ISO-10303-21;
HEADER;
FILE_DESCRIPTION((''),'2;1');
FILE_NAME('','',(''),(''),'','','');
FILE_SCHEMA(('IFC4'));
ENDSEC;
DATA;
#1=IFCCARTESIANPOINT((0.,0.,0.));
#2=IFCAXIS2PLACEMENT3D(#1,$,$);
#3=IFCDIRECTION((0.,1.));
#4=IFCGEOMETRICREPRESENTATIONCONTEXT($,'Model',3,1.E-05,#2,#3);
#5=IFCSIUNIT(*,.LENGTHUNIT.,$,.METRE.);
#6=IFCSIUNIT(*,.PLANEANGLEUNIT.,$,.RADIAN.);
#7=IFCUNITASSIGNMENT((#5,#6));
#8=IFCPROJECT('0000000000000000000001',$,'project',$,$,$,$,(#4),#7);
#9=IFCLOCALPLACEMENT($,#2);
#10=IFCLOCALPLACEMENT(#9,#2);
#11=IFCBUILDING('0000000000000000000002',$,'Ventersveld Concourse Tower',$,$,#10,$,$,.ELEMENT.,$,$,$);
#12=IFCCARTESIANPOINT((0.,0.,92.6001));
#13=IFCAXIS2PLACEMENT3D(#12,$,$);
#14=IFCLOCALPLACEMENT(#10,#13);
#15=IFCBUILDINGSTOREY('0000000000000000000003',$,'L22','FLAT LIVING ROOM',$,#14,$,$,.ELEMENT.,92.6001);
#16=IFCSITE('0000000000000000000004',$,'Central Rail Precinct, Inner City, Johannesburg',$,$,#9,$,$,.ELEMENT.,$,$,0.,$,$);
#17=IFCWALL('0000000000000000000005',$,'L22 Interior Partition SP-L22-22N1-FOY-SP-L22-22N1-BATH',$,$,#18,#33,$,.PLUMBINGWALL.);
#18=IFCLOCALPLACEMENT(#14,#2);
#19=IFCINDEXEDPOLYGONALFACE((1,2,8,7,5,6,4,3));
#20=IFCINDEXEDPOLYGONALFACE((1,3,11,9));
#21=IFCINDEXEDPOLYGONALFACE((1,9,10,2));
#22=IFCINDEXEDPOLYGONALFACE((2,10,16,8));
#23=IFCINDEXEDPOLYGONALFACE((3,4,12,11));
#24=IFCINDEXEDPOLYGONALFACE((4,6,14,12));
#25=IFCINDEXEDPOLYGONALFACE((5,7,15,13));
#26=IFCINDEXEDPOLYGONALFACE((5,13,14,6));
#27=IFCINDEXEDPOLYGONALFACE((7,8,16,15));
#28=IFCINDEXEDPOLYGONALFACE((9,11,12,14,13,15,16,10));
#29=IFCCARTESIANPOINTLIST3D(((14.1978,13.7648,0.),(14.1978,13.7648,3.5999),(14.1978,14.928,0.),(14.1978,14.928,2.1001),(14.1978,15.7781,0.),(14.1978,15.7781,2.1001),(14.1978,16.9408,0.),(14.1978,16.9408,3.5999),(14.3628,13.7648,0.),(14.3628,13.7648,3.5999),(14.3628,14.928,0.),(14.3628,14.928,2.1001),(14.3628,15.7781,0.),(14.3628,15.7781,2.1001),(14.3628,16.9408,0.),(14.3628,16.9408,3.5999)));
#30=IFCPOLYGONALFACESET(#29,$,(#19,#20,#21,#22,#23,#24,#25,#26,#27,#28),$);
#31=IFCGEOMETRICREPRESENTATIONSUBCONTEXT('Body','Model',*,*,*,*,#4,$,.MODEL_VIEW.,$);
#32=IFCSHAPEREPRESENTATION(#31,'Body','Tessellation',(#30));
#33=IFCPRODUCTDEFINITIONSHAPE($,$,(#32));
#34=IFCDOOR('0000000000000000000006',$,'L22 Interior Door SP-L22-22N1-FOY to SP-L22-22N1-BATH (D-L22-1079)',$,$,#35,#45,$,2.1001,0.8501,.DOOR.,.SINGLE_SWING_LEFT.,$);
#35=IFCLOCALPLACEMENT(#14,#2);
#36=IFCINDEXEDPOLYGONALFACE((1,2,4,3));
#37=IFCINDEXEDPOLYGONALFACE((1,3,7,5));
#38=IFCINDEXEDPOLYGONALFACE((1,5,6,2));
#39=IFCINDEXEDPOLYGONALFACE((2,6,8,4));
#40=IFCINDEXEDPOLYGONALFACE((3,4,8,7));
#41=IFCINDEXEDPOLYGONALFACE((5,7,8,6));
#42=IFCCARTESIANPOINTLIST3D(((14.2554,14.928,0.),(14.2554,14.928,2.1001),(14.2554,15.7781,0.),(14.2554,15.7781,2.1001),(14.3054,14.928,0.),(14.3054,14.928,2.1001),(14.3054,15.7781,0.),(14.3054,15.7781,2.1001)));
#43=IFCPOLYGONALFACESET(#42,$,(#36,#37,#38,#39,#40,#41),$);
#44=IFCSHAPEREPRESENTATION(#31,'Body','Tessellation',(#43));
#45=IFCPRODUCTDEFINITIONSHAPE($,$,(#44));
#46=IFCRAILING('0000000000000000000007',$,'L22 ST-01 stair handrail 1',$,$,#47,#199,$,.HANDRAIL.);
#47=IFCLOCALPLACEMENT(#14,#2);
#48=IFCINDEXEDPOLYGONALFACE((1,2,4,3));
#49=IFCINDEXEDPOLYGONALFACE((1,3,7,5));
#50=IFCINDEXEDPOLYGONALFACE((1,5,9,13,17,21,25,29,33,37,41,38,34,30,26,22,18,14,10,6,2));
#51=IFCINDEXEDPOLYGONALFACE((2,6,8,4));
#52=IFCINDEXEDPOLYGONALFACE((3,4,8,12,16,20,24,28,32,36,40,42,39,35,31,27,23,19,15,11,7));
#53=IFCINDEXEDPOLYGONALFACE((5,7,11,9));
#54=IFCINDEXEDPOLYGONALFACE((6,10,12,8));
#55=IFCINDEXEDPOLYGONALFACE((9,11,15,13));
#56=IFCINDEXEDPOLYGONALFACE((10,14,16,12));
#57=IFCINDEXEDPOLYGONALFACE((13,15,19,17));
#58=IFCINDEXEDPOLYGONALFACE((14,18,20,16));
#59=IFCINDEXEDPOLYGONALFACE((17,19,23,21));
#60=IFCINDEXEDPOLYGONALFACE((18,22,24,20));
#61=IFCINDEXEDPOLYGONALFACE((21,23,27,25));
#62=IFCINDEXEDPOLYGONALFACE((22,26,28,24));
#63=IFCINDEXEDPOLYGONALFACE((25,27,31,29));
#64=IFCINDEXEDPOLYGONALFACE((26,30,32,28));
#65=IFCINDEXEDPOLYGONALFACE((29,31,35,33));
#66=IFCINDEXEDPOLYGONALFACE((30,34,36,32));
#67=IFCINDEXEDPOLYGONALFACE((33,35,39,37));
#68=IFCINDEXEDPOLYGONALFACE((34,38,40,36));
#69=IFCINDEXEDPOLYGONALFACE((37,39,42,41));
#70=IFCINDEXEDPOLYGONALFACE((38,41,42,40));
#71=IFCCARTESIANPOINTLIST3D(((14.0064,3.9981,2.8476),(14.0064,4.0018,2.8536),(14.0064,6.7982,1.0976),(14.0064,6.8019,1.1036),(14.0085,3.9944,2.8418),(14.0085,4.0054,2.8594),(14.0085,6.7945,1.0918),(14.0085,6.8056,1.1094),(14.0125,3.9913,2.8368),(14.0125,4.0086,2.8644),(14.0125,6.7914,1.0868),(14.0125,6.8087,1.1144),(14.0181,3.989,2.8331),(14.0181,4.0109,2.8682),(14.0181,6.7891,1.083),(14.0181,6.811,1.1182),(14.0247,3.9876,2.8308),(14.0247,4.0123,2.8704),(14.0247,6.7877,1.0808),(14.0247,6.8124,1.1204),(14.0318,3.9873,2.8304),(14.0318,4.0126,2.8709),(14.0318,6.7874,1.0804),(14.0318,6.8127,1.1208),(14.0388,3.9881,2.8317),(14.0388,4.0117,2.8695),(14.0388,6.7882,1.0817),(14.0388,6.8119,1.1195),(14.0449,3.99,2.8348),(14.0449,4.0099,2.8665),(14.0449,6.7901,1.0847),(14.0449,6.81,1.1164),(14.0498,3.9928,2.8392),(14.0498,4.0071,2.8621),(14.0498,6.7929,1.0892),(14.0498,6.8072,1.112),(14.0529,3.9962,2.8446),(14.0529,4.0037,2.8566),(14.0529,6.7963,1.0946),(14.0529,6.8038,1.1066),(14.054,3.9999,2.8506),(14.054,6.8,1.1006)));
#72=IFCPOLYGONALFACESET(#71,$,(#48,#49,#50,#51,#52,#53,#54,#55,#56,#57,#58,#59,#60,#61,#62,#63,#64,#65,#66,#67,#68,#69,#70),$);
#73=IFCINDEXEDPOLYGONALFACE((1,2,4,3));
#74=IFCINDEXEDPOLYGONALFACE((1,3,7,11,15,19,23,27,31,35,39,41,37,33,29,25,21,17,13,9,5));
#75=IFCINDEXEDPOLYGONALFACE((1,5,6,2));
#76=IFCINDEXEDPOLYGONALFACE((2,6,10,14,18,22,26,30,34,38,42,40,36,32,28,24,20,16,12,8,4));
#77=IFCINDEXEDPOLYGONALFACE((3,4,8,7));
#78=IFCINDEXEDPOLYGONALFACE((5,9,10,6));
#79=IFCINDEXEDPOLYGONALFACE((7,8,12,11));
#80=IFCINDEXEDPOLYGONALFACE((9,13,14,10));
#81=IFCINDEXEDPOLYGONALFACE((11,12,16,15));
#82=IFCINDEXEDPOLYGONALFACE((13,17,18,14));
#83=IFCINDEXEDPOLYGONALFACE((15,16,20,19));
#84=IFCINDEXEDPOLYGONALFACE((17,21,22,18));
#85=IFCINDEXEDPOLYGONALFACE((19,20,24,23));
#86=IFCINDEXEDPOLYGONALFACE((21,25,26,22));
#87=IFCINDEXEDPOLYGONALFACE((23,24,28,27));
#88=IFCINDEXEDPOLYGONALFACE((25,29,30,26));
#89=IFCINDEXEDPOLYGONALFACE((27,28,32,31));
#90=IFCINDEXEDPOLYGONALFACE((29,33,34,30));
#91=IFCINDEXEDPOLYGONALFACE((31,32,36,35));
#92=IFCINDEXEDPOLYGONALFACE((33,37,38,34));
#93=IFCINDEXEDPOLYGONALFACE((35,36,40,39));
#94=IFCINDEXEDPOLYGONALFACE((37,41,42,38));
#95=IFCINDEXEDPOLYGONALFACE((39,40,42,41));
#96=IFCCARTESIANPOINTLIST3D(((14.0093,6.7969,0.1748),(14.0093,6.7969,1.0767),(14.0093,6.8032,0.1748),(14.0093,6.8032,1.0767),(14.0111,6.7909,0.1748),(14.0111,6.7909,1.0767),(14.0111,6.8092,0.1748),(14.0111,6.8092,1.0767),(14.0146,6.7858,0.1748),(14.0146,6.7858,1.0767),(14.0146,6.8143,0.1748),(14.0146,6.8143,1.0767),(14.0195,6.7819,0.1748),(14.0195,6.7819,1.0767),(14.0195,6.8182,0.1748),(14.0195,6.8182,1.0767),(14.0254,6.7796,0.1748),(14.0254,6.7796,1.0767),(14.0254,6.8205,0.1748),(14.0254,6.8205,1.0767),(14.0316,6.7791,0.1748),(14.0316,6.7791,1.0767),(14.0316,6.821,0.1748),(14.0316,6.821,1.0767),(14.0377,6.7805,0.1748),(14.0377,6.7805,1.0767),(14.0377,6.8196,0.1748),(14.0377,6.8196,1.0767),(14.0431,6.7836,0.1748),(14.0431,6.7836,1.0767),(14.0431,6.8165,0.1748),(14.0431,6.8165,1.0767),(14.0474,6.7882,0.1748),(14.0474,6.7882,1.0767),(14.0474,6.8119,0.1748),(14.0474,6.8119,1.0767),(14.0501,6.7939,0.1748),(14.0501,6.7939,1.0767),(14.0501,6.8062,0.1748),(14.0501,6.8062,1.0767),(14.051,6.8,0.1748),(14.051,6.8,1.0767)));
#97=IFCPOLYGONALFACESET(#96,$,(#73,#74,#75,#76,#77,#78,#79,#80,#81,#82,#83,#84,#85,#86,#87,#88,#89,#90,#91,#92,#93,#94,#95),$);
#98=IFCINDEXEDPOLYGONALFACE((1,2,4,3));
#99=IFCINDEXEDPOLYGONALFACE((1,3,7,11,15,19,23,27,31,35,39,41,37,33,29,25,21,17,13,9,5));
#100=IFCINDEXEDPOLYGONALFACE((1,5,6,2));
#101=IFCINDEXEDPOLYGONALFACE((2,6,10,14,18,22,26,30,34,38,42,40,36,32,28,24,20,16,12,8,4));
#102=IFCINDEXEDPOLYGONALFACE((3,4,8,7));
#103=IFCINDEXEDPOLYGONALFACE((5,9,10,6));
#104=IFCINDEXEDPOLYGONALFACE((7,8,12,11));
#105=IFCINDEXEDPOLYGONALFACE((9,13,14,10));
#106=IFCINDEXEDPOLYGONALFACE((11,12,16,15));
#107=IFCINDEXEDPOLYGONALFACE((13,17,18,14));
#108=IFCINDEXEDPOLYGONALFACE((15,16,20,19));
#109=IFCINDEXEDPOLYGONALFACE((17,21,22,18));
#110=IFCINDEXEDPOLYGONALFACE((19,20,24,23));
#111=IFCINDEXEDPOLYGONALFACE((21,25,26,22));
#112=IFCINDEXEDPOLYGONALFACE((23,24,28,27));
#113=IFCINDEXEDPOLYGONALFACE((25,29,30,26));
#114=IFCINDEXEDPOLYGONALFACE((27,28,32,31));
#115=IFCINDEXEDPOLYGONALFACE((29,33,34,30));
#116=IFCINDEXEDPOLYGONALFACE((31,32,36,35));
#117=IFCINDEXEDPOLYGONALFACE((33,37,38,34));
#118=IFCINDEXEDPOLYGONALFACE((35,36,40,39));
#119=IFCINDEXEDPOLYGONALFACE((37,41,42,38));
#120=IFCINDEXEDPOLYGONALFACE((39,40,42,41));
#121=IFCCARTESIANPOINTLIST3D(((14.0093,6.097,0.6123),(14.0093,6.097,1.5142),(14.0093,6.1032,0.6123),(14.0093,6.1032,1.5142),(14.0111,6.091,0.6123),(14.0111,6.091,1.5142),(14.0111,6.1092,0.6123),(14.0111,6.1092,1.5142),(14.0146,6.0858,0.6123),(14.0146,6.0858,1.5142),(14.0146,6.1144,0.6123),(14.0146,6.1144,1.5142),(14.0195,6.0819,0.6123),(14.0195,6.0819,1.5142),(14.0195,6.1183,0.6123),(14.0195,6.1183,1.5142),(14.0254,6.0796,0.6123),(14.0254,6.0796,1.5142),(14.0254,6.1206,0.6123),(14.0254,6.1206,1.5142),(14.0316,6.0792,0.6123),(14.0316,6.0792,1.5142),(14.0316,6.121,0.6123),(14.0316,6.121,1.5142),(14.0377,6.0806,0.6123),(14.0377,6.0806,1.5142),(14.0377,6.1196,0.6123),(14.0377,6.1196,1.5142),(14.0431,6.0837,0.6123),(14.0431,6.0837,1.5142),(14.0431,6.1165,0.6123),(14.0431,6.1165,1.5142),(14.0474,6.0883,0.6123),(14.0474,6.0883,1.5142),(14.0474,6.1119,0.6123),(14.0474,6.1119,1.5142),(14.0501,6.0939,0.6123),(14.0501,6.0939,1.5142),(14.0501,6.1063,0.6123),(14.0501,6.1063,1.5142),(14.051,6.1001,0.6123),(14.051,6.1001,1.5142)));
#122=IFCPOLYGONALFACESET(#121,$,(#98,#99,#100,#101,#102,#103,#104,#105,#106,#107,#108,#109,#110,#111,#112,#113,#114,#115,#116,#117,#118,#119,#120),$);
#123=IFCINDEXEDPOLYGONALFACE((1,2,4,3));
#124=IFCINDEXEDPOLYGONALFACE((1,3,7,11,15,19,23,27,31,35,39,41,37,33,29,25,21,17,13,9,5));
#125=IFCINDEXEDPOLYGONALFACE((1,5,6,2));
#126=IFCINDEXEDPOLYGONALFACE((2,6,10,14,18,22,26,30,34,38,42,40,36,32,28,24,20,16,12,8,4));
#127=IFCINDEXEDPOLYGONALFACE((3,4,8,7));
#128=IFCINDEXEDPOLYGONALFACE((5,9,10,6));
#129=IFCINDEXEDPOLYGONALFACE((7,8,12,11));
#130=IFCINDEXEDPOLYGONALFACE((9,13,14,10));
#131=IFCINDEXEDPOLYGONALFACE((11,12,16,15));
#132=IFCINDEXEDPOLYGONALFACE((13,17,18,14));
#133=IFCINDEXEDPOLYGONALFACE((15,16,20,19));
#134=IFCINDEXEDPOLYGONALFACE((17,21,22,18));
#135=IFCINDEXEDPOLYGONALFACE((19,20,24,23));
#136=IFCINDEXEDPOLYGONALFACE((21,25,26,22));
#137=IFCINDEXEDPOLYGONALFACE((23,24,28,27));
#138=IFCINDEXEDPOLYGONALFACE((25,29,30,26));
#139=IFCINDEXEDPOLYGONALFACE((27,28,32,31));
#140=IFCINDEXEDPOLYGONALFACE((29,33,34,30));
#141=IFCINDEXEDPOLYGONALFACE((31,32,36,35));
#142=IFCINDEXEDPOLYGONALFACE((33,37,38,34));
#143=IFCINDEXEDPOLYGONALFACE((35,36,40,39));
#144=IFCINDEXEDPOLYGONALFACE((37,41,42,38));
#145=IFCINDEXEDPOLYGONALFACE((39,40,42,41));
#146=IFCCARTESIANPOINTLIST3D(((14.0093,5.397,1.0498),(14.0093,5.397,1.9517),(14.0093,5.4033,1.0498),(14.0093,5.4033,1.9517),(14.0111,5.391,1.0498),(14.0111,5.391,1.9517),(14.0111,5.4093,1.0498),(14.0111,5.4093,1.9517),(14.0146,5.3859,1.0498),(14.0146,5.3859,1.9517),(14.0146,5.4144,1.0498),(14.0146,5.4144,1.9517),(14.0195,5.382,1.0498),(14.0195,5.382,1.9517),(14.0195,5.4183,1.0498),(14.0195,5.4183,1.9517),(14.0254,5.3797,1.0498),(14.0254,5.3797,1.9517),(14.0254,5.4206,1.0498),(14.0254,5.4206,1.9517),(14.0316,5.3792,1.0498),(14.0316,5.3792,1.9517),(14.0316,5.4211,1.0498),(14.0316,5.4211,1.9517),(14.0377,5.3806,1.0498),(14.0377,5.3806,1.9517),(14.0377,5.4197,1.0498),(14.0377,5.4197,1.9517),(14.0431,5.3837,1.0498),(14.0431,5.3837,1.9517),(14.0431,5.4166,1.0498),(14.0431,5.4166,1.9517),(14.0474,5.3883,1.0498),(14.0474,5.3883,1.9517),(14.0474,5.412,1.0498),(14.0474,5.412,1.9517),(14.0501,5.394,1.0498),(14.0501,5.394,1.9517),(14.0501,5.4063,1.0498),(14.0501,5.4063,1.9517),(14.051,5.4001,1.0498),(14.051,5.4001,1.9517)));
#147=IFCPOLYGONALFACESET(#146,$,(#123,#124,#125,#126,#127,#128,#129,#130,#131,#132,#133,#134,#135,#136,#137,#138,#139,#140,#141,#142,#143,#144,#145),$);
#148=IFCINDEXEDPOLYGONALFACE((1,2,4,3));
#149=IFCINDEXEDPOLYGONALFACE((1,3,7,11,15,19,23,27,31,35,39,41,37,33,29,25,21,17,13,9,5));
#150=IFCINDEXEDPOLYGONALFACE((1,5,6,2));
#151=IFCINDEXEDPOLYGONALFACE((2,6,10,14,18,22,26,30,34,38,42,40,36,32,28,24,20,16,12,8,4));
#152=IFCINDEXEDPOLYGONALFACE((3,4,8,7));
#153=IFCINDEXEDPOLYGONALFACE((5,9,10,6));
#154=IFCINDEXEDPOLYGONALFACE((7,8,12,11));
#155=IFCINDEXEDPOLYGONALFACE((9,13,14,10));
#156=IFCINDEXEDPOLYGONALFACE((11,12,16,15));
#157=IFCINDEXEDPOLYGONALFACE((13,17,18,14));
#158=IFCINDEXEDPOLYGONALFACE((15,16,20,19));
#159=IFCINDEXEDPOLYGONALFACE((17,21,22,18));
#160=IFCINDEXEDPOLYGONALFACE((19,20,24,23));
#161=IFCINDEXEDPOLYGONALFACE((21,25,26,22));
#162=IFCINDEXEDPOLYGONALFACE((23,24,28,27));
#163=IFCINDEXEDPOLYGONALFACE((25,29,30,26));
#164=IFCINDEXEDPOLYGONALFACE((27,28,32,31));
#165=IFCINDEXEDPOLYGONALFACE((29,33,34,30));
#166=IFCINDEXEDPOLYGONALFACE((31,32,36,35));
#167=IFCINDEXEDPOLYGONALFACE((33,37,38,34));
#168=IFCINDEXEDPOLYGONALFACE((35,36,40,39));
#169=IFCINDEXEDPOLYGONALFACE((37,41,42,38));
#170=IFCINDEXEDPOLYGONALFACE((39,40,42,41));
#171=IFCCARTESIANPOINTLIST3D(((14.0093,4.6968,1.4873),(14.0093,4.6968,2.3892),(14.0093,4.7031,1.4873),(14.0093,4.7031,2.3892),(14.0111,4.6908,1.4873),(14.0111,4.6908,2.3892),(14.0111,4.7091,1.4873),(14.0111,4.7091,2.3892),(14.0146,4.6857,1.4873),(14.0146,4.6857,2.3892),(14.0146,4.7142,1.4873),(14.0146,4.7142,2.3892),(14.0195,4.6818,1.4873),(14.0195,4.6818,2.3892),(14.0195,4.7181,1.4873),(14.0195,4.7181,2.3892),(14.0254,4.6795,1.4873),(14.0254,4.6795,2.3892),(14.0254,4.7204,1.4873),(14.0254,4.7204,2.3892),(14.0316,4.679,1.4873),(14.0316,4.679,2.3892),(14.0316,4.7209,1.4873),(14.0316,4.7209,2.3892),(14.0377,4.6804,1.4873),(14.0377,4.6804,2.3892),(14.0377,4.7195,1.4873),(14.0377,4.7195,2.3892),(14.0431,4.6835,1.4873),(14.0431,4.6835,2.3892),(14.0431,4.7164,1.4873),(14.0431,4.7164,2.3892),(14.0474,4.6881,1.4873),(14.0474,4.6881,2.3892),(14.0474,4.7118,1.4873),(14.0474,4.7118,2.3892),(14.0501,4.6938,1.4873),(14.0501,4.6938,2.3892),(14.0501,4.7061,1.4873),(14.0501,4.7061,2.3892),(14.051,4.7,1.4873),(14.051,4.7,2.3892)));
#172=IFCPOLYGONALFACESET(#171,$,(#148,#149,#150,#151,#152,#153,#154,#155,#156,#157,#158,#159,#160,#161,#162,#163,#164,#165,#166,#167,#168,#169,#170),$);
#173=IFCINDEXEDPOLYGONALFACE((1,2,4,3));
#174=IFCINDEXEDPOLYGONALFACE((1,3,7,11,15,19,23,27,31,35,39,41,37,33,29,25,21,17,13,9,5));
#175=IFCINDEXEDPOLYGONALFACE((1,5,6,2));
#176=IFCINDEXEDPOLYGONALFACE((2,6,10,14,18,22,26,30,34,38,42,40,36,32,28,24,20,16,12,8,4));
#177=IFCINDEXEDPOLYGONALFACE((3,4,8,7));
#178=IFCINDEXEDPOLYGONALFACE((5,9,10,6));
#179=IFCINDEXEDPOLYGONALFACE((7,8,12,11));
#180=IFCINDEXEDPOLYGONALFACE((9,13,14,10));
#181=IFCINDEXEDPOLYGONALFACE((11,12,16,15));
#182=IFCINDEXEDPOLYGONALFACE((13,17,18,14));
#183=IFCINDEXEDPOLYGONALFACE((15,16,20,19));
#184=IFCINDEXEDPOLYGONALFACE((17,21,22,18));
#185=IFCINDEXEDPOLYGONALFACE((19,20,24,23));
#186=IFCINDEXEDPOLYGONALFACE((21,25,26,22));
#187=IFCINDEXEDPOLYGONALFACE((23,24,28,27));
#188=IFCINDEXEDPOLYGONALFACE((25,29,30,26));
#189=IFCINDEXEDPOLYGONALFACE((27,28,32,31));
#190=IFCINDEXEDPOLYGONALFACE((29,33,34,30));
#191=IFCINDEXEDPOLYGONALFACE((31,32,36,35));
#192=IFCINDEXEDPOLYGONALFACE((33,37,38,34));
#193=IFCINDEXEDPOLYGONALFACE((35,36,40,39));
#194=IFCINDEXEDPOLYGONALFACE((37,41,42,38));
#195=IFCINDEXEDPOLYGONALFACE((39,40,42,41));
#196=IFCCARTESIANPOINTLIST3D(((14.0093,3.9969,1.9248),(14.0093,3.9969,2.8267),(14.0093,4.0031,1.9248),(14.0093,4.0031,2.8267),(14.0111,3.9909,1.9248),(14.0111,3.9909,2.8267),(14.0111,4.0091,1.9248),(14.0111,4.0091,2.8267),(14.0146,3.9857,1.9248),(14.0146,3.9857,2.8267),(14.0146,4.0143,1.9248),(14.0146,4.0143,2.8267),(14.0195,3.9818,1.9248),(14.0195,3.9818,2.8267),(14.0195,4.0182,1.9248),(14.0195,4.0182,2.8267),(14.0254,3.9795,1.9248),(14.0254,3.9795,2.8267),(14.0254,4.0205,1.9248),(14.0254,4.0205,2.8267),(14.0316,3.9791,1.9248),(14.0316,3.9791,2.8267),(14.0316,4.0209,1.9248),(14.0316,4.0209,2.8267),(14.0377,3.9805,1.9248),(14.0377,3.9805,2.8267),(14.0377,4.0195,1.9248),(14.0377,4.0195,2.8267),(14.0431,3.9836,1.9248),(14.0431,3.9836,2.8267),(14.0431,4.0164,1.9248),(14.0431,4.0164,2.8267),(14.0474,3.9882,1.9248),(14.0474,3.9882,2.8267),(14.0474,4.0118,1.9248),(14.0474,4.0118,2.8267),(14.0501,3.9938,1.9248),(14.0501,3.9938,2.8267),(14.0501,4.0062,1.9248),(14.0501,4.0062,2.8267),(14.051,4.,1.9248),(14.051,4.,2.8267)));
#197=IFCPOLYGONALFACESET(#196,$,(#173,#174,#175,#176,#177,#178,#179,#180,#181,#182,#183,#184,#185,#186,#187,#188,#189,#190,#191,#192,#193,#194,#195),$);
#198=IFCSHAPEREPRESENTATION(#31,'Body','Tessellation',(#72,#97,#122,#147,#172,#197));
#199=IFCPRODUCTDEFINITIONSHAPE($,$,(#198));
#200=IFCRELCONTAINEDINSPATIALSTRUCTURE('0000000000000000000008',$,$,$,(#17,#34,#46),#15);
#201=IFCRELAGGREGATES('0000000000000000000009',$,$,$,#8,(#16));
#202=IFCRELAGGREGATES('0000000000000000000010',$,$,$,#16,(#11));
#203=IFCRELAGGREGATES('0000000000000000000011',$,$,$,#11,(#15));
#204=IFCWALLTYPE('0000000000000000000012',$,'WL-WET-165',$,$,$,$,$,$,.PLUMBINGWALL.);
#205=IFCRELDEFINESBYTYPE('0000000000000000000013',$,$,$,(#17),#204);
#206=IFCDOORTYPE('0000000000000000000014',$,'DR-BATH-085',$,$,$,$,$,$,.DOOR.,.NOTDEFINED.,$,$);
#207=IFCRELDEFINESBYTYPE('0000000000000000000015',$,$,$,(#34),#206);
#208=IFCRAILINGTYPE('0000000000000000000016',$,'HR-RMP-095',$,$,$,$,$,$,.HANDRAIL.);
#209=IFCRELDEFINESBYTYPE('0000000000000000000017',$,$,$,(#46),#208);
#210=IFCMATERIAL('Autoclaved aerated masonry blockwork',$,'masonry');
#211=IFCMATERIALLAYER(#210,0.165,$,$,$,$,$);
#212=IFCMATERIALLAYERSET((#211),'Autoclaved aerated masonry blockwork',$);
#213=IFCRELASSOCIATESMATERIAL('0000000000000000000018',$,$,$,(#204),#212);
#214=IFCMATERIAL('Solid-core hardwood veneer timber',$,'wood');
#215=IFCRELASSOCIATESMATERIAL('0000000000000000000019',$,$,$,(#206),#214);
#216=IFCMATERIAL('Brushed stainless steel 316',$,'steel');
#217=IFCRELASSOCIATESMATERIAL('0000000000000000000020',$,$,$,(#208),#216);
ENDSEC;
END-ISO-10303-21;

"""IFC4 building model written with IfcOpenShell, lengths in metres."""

from ifc_helpers import new_model, si_unit, direction, frame, frame_2d, origin, origin_2d, place, context, subcontext, project, spatial, rectangle, circle, extrude, material, layer, layer_set, type_object, element, fill, save


model = new_model("IFC4")

# Units and contexts
model_context = context("Model", 3, precision=1e-05, world=origin(), true_north=direction((0.0, 1.0)))
body_context = subcontext(model_context, "Body", "Model", "MODEL_VIEW")
ifc_project = project(units=[si_unit("LENGTHUNIT", "METRE"), si_unit("PLANEANGLEUNIT", "RADIAN")], contexts=[model_context])

# Site, building, storey
site_placement = place(None, origin())
site = spatial("IfcSite", under=ifc_project, at=site_placement, Name="Central Rail Precinct, Inner City, Johannesburg", CompositionType="ELEMENT", RefElevation=0.0)
building_placement = place(site_placement, origin())
building = spatial("IfcBuilding", under=site, at=building_placement, Name="Ventersveld Concourse Tower", CompositionType="ELEMENT")
storey_placement = place(building_placement, frame((0.0, 0.0, 92.6001)))
storey = spatial("IfcBuildingStorey", under=building, at=storey_placement, Name="L22", Description="FLAT LIVING ROOM", CompositionType="ELEMENT", Elevation=92.6001)

# Shared definitions
ifc_material_1 = material(Name="Solid-core hardwood veneer timber", Category="wood")

# Wall, opening, door
ifc_material_2 = material(Name="Autoclaved aerated masonry blockwork", Category="masonry")
ifc_layer_1 = layer(ifc_material_2, 0.165)
ifc_layer_set_1 = layer_set([ifc_layer_1], Name="Autoclaved aerated masonry blockwork")
wall_type_1 = type_object("IfcWallType", Name="WL-WET-165", PredefinedType="PLUMBINGWALL", material=ifc_layer_set_1)
wall_1_placement = place(storey_placement, frame((14.2803, 13.7649, 0.0), z_axis=(0.0, 0.0, 1.0), x_axis=(0.0, 1.0, 0.0)))
wall_1 = element("IfcWall", 1, at=wall_1_placement, inside=storey, type_object=wall_type_1, Name="L22 Interior Partition SP-L22-22N1-FOY-SP-L22-22N1-BATH", PredefinedType="PLUMBINGWALL", context=body_context, shape_type="SweptSolid", body=[
    extrude(rectangle(XDim=3.176, YDim=0.165, at=frame_2d((1.5879, 0.0))), origin(), (0.0, 0.0, 1.0), 3.5999),
])
opening_1_placement = place(wall_1_placement, frame((1.1631, 0.0, 0.0)))
opening_1 = element("IfcOpeningElement", 2, at=opening_1_placement, cuts=wall_1, PredefinedType="OPENING", context=body_context, shape_type="SweptSolid", body=[
    extrude(rectangle(XDim=0.8501, YDim=2.1001, at=frame_2d((0.425, 1.05))), frame((0.0, 0.0925, 0.0), z_axis=(0.0, -1.0, 0.0), x_axis=(1.0, 0.0, 0.0)), (0.0, 0.0, 1.0), 0.1851),
])
door_type_1 = type_object("IfcDoorType", Name="DR-BATH-085", OperationType="NOTDEFINED", PredefinedType="DOOR", material=ifc_material_1)
door_1_placement = place(opening_1_placement, origin())
door_1 = element("IfcDoor", 3, at=door_1_placement, inside=storey, type_object=door_type_1, Name="L22 Interior Door SP-L22-22N1-FOY to SP-L22-22N1-BATH (D-L22-1079)", OperationType="SINGLE_SWING_LEFT", OverallHeight=2.1001, OverallWidth=0.8501, PredefinedType="DOOR", context=body_context, shape_type="SweptSolid", body=[
    extrude(rectangle(XDim=0.8501, YDim=2.1001, at=frame_2d((0.425, 1.05))), frame((0.0, 0.0249, 0.0), z_axis=(0.0, -1.0, 0.0), x_axis=(1.0, 0.0, 0.0)), (0.0, 0.0, 1.0), 0.05),
])
fill(opening_1, door_1)

# Railing
ifc_material_3 = material(Name="Brushed stainless steel 316", Category="steel")
railing_type = type_object("IfcRailingType", Name="HR-RMP-095", PredefinedType="HANDRAIL", material=ifc_material_3)
railing_placement = place(storey_placement, frame((14.03, 6.8, 0.1748)))
element("IfcRailing", 4, at=railing_placement, inside=storey, type_object=railing_type, Name="L22 ST-01 stair handrail 1", PredefinedType="HANDRAIL", context=body_context, shape_type="SweptSolid", body=[
    extrude(circle(Radius=0.0239, at=origin_2d()), frame((0.0, 0.0, 0.9258), z_axis=(0.0, -0.848002, 0.529992), x_axis=(1.0, 0.0, 0.0)), (0.0, 0.0, 1.0), 3.302),
    extrude(circle(Radius=0.021, at=origin_2d()), origin(), (0.0, 0.0, 1.0), 0.9019),
    extrude(circle(Radius=0.021, at=origin_2d()), frame((0.0, -0.7, 0.4375)), (0.0, 0.0, 1.0), 0.9019),
    extrude(circle(Radius=0.021, at=origin_2d()), frame((0.0, -1.3999, 0.875)), (0.0, 0.0, 1.0), 0.9019),
    extrude(circle(Radius=0.021, at=origin_2d()), frame((0.0, -2.1001, 1.3125)), (0.0, 0.0, 1.0), 0.9019),
    extrude(circle(Radius=0.021, at=origin_2d()), frame((0.0, -2.8, 1.75)), (0.0, 0.0, 1.0), 0.9019),
])

save(model, "model.ifc")
